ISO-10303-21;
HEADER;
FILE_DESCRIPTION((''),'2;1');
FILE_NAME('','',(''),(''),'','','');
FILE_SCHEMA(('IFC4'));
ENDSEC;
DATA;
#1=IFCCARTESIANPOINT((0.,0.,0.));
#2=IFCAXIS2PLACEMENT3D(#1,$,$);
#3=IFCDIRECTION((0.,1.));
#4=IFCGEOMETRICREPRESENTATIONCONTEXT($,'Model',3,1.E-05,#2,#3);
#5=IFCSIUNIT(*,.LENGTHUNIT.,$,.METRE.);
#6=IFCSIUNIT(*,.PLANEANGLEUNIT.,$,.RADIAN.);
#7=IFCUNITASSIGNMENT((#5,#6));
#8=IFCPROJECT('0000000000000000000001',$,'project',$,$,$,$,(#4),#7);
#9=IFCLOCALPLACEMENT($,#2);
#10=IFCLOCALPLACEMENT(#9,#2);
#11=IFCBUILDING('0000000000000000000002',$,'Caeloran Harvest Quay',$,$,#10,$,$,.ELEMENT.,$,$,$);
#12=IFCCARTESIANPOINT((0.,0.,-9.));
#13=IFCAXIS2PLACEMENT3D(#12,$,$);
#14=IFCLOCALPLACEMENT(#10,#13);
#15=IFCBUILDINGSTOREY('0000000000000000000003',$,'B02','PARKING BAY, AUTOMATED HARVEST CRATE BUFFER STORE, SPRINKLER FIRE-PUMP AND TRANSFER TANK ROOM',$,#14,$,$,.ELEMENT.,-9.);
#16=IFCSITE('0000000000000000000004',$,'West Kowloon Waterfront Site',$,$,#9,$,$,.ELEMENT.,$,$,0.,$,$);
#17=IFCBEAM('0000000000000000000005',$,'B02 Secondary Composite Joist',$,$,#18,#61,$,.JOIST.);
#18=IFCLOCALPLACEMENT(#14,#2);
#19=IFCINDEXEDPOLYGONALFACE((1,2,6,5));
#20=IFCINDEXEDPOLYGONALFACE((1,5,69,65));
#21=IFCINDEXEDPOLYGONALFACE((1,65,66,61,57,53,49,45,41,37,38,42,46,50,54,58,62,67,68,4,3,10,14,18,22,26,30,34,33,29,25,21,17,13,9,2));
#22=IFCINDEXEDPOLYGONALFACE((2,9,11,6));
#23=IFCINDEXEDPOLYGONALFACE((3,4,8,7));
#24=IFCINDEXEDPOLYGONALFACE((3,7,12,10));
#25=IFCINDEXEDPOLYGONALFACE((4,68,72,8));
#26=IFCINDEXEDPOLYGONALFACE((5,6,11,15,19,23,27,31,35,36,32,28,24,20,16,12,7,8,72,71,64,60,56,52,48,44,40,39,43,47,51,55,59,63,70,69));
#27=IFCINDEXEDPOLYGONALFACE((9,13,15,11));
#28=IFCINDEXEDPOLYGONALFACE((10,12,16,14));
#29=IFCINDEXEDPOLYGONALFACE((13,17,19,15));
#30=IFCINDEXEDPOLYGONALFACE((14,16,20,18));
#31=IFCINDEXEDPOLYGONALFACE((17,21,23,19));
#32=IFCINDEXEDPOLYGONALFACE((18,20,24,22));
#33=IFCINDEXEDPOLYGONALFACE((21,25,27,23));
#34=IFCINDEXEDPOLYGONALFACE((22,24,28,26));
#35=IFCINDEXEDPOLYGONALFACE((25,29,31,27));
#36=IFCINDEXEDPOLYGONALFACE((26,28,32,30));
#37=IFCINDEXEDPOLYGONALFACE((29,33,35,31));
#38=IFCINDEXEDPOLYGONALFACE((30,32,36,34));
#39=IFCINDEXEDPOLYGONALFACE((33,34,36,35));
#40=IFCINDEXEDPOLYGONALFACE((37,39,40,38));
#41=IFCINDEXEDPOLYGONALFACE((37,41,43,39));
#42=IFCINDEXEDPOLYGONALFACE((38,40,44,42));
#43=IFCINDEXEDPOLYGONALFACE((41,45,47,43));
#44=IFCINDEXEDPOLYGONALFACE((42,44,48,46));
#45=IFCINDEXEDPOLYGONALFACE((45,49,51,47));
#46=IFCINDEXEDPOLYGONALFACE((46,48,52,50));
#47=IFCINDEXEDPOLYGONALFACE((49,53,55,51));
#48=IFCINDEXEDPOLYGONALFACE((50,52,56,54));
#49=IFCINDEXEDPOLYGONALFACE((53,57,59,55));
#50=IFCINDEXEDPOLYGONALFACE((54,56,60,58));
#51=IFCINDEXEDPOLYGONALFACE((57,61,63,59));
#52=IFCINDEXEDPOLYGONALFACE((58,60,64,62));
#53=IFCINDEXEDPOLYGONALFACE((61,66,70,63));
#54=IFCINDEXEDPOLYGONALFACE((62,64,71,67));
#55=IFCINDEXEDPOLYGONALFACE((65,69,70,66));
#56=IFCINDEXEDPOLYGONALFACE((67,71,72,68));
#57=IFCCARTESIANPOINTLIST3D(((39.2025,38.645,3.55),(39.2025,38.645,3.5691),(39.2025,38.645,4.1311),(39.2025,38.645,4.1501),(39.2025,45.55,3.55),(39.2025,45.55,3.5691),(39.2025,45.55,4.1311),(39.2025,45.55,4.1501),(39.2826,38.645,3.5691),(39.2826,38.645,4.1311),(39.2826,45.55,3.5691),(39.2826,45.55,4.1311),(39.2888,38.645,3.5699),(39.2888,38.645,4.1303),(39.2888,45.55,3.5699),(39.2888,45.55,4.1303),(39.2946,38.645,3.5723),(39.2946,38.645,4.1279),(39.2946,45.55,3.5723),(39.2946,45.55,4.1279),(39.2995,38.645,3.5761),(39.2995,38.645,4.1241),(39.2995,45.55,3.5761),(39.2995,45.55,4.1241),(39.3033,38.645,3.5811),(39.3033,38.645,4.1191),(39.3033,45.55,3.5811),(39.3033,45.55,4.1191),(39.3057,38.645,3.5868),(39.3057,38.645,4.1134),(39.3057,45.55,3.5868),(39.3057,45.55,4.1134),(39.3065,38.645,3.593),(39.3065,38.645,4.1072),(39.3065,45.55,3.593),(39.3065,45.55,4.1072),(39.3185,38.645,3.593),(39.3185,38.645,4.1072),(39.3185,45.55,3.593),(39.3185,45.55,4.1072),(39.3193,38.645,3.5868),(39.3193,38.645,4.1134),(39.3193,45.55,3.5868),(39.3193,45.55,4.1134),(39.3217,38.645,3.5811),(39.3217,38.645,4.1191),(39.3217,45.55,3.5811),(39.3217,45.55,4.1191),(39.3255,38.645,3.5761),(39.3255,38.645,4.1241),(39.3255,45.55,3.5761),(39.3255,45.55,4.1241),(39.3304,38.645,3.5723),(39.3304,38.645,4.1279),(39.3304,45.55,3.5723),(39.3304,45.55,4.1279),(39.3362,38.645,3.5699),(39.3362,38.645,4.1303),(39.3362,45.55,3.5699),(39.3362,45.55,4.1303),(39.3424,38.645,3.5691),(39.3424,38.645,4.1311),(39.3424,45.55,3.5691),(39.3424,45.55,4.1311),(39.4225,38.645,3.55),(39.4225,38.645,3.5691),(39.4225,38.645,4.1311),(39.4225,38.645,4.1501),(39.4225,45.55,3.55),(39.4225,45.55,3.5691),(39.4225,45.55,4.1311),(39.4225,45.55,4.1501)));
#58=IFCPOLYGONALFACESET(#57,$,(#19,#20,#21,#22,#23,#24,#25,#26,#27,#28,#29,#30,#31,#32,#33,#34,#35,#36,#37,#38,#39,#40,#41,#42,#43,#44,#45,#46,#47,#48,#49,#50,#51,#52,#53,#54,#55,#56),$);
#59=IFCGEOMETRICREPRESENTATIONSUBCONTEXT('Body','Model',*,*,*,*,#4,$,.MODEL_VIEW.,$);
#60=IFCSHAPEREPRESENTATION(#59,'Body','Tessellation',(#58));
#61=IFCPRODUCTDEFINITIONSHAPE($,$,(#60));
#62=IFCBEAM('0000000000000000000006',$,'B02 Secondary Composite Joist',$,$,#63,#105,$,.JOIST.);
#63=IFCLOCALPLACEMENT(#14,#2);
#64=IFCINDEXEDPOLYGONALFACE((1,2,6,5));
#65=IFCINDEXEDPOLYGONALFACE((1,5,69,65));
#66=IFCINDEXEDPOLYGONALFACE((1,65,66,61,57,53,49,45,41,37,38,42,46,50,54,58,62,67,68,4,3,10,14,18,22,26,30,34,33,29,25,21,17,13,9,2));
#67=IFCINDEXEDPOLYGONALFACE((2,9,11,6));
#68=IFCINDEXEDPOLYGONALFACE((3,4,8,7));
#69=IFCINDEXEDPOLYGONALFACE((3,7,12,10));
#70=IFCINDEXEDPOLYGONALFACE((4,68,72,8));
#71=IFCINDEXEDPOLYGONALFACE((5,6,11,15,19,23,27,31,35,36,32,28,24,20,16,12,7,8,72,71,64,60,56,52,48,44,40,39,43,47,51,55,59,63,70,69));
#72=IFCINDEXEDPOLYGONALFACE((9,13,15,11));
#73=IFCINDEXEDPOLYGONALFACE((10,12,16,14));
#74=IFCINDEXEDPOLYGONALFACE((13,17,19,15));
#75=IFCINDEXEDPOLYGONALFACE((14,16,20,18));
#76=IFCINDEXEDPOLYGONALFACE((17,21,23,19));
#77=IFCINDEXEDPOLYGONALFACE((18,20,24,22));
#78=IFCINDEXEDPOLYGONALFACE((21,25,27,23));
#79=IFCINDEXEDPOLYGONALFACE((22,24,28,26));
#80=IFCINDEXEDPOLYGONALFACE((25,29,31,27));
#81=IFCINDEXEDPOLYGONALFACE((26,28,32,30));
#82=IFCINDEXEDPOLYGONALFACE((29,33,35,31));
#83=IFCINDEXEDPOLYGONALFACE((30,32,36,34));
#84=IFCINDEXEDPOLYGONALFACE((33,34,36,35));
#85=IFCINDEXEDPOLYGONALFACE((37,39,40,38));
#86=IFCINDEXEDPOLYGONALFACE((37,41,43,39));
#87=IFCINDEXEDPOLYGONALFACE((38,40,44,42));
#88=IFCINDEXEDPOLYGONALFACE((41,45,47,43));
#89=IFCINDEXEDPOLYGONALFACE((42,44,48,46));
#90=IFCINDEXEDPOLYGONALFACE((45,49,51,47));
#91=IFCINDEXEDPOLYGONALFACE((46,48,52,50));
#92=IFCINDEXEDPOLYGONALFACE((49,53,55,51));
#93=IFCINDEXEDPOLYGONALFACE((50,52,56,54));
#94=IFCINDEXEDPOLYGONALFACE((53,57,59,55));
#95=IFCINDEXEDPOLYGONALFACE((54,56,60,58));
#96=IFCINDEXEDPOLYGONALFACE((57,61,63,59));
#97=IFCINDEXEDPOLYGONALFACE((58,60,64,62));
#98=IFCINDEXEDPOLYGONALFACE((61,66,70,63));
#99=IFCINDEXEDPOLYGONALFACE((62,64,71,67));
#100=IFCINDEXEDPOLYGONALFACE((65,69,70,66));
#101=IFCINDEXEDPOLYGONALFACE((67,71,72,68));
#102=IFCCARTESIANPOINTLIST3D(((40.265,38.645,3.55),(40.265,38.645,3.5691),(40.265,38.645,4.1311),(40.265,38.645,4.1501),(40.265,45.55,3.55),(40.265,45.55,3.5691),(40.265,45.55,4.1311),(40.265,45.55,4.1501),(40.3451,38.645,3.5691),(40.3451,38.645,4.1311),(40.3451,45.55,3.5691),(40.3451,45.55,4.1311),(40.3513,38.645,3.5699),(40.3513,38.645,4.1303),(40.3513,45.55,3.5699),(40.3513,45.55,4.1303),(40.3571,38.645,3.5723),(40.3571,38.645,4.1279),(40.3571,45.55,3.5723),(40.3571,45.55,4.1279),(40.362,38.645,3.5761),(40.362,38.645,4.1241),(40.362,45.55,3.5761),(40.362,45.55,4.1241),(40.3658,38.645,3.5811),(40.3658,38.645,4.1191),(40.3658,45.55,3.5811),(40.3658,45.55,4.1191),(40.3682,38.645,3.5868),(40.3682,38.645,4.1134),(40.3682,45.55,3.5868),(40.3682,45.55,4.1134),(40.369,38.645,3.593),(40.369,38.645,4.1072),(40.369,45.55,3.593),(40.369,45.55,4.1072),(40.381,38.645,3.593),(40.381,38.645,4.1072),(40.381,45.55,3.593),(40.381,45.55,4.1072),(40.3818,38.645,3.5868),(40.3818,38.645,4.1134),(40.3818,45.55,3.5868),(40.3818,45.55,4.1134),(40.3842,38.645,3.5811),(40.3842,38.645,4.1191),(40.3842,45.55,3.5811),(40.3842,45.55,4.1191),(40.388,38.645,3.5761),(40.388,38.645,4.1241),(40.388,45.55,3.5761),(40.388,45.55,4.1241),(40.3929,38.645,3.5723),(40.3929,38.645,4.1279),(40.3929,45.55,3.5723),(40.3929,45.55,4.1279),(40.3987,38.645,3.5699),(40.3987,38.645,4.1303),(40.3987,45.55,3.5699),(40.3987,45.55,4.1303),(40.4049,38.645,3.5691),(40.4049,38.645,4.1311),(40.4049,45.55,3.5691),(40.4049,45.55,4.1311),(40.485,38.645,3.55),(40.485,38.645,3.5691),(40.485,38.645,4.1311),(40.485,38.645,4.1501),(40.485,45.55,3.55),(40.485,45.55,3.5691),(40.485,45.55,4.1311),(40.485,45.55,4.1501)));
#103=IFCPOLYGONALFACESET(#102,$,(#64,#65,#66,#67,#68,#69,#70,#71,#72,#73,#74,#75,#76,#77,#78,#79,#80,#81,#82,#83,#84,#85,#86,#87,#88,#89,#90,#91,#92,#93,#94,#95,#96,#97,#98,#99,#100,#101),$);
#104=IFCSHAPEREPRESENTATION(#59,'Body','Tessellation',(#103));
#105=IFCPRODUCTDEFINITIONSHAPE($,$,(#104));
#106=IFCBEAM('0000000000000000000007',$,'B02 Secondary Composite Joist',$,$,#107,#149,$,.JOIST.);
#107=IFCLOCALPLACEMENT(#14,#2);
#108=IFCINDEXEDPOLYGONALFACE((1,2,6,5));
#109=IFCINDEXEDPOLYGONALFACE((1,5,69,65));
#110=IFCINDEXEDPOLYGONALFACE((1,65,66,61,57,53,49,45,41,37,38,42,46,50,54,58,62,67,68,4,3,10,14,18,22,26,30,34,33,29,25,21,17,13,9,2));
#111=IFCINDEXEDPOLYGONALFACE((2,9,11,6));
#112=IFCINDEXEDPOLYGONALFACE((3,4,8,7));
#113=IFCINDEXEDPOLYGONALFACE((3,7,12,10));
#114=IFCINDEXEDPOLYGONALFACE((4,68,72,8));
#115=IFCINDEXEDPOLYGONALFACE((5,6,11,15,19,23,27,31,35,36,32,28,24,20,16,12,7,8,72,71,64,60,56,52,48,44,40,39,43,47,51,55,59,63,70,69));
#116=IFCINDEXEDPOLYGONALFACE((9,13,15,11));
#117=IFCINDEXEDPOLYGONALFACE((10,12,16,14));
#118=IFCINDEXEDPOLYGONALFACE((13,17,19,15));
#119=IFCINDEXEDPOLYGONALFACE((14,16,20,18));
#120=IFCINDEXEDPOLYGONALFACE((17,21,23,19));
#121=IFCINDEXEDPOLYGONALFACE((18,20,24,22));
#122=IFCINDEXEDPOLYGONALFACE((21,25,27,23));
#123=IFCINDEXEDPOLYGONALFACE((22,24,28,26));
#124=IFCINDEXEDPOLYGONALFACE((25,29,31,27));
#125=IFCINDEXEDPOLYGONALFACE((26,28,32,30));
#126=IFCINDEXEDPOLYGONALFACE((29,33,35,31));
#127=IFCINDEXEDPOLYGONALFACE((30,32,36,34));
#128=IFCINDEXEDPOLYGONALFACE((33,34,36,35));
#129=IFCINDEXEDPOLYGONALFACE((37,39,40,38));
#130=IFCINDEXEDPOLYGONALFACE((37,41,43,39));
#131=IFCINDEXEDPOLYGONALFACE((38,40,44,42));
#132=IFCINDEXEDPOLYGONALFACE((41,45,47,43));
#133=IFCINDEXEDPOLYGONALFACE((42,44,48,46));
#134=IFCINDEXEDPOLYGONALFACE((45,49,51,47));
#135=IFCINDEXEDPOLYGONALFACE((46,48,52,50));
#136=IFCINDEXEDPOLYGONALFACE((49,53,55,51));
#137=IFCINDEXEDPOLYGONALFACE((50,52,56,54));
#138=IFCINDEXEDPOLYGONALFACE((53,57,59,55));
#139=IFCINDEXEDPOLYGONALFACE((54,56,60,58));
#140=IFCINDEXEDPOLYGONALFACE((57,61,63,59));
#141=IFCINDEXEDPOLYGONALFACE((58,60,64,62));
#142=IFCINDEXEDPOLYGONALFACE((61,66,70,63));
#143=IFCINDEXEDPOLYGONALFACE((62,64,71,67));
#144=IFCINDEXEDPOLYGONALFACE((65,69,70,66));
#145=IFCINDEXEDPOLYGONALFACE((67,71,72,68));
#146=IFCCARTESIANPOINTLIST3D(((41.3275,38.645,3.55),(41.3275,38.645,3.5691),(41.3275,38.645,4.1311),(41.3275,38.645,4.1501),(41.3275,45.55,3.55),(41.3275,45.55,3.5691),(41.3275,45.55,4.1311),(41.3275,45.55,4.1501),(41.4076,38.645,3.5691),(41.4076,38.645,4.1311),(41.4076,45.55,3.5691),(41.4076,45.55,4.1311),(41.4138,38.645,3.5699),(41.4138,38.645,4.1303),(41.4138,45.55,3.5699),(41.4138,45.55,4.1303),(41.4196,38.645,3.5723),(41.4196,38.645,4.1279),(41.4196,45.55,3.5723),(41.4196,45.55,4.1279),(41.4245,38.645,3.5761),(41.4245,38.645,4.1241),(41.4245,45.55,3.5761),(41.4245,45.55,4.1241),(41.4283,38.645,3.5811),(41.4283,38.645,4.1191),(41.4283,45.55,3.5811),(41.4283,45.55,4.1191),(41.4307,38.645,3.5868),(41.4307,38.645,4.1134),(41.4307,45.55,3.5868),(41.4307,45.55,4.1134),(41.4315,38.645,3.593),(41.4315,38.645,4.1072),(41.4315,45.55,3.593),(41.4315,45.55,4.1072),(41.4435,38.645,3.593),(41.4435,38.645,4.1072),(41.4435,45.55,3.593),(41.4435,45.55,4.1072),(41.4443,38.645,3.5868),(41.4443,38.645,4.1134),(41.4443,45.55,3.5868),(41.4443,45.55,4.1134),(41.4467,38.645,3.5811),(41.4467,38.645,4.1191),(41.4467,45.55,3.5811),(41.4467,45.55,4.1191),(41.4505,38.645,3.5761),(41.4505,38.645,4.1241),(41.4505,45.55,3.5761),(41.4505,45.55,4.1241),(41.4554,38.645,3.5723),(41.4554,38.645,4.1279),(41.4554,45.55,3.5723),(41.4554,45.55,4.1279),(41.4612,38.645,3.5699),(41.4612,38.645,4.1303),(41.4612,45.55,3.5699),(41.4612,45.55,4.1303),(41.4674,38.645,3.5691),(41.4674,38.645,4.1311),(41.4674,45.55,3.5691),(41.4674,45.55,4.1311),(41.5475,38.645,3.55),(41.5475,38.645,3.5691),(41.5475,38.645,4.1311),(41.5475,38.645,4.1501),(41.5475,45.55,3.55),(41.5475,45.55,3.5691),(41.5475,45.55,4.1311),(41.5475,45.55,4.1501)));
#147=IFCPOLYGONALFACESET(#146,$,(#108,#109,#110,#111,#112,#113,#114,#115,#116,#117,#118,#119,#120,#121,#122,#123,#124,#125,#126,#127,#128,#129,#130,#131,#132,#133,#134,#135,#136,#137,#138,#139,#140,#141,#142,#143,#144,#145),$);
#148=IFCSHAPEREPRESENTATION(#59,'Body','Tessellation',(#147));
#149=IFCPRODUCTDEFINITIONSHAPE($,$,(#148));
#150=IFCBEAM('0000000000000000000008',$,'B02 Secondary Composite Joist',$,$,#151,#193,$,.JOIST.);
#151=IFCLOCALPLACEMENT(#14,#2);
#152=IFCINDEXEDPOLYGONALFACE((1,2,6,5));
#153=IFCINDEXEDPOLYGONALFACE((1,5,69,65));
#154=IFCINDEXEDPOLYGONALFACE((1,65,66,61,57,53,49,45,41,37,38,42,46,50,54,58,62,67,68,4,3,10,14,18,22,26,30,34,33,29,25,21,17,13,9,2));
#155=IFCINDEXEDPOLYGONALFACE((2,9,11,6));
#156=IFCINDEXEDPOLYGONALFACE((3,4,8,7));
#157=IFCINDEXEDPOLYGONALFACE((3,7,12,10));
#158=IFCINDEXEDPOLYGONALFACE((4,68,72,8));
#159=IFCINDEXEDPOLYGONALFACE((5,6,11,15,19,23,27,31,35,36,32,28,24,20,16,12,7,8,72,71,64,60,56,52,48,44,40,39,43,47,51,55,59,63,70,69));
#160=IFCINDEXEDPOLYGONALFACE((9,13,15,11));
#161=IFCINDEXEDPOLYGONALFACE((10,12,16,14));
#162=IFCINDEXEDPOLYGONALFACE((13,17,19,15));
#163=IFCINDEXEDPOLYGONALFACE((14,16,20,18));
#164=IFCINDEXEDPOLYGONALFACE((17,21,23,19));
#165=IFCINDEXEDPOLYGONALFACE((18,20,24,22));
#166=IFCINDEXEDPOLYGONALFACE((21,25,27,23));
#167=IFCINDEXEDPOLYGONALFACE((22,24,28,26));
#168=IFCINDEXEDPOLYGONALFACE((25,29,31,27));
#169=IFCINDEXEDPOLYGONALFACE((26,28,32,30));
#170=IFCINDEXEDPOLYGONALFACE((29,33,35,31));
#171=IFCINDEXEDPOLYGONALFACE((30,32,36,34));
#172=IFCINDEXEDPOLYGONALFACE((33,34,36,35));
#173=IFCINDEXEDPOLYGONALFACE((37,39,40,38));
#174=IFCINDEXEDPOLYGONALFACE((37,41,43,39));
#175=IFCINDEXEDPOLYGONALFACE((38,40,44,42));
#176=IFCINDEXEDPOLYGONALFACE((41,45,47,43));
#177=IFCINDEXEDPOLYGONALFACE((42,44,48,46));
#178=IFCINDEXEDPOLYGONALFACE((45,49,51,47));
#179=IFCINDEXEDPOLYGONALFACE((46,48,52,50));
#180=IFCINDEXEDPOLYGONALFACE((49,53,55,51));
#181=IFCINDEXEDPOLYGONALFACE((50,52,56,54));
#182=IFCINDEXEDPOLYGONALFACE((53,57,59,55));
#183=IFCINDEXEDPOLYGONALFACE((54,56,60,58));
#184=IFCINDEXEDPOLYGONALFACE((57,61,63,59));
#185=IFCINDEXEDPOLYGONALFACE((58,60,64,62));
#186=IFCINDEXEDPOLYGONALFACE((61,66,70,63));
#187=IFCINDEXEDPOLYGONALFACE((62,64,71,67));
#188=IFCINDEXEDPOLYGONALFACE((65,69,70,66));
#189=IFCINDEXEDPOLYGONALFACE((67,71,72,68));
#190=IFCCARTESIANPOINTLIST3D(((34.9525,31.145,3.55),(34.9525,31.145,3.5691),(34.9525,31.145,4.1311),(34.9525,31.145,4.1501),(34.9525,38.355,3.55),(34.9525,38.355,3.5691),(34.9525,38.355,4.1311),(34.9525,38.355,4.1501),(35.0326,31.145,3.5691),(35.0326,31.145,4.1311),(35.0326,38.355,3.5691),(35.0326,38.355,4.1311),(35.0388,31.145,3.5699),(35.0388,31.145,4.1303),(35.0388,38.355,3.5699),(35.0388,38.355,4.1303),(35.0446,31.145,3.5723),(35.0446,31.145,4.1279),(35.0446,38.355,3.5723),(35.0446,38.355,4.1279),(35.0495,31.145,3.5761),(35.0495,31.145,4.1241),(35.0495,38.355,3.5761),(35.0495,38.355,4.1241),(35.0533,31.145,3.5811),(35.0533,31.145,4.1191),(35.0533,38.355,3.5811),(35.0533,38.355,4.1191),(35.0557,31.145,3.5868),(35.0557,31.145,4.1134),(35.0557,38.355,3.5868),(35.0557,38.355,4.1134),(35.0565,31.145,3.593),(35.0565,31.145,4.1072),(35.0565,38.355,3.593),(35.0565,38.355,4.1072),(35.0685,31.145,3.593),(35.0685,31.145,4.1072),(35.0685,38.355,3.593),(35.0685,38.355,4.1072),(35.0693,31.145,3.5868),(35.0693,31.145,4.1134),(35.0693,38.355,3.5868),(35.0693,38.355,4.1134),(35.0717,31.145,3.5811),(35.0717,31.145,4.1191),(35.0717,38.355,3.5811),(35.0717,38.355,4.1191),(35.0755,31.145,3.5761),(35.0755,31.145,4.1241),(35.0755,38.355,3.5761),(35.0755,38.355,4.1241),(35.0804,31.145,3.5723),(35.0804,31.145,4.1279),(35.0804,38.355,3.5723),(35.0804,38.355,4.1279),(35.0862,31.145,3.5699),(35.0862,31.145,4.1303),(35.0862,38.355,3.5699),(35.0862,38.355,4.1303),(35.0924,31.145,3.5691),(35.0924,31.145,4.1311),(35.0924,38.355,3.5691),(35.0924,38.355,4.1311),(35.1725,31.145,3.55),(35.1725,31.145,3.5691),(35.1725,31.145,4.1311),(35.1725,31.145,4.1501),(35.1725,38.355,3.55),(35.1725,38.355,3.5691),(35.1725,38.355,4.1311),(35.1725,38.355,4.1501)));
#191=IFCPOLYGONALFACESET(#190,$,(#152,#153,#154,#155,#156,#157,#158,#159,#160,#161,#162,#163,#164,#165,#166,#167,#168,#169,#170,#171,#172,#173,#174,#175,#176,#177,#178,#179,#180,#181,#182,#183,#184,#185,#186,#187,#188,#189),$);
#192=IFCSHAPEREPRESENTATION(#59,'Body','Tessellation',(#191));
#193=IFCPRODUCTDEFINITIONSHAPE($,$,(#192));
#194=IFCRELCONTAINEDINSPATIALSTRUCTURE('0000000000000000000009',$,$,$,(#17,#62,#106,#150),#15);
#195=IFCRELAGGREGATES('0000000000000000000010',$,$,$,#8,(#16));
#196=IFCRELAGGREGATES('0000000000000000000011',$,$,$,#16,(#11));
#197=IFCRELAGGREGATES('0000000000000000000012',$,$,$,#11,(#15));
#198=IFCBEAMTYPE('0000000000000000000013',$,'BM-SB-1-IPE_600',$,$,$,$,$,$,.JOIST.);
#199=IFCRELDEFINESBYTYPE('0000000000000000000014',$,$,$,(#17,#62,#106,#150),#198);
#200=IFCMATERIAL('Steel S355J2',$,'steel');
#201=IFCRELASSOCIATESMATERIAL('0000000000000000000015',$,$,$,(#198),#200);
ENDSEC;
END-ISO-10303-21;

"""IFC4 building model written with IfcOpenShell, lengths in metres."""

from ifc_helpers import new_model, si_unit, direction, frame, origin, origin_2d, place, context, subcontext, project, spatial, i_section, extrude, material, material_profile, profile_set, type_object, element, save


model = new_model("IFC4")

# Units and contexts
model_context = context("Model", 3, precision=1e-05, world=origin(), true_north=direction((0.0, 1.0)))
body_context = subcontext(model_context, "Body", "Model", "MODEL_VIEW")
ifc_project = project(units=[si_unit("LENGTHUNIT", "METRE"), si_unit("PLANEANGLEUNIT", "RADIAN")], contexts=[model_context])

# Site, building, storey
site_placement = place(None, origin())
site = spatial("IfcSite", under=ifc_project, at=site_placement, Name="West Kowloon Waterfront Site", CompositionType="ELEMENT", RefElevation=0.0)
building_placement = place(site_placement, origin())
building = spatial("IfcBuilding", under=site, at=building_placement, Name="Caeloran Harvest Quay", CompositionType="ELEMENT")
storey_placement = place(building_placement, frame((0.0, 0.0, -9.0)))
storey = spatial("IfcBuildingStorey", under=building, at=storey_placement, Name="B02", Description="PARKING BAY, AUTOMATED HARVEST CRATE BUFFER STORE, SPRINKLER FIRE-PUMP AND TRANSFER TANK ROOM", CompositionType="ELEMENT", Elevation=-9.0)

# Beams
ifc_material = material(Name="Steel S355J2", Category="steel")
ifc_material_profile_1 = material_profile(ifc_material, i_section(OverallWidth=0.22, OverallDepth=0.6001, WebThickness=0.012, FlangeThickness=0.019, FilletRadius=0.0239, at=origin_2d()), Name="IPE 600")
ifc_profile_set_1 = profile_set([ifc_material_profile_1], Name="Steel S355J2")
beam_type_1 = type_object("IfcBeamType", Name="BM-SB-1-IPE_600", PredefinedType="JOIST", material=ifc_profile_set_1)
for number, where, z_axis, x_axis, name in (
    (1, (39.3125, 38.645, 3.8501), (0.0, 1.0, 0.0), (-1.0, 0.0, 0.0), "B02 Secondary Composite Joist"),
    (2, (40.375, 38.645, 3.8501), (0.0, 1.0, 0.0), (-1.0, 0.0, 0.0), "B02 Secondary Composite Joist"),
    (3, (41.4375, 38.645, 3.8501), (0.0, 1.0, 0.0), (-1.0, 0.0, 0.0), "B02 Secondary Composite Joist"),
):
    element("IfcBeam", number, at=place(storey_placement, frame(where, z_axis=z_axis, x_axis=x_axis)), inside=storey, type_object=beam_type_1, Name=name, PredefinedType="JOIST", context=body_context, shape_type="SweptSolid", body=[
        extrude(i_section(OverallWidth=0.22, OverallDepth=0.6001, WebThickness=0.012, FlangeThickness=0.019, FilletRadius=0.0239, at=origin_2d()), origin(), (0.0, 0.0, 1.0), 6.905),
    ])
for number, where, z_axis, x_axis, name in (
    (4, (35.0625, 31.145, 3.8501), (0.0, 1.0, 0.0), (-1.0, 0.0, 0.0), "B02 Secondary Composite Joist"),
):
    element("IfcBeam", number, at=place(storey_placement, frame(where, z_axis=z_axis, x_axis=x_axis)), inside=storey, type_object=beam_type_1, Name=name, PredefinedType="JOIST", context=body_context, shape_type="SweptSolid", body=[
        extrude(i_section(OverallWidth=0.22, OverallDepth=0.6001, WebThickness=0.012, FlangeThickness=0.019, FilletRadius=0.0239, at=origin_2d()), origin(), (0.0, 0.0, 1.0), 7.21),
    ])

save(model, "model.ifc")
